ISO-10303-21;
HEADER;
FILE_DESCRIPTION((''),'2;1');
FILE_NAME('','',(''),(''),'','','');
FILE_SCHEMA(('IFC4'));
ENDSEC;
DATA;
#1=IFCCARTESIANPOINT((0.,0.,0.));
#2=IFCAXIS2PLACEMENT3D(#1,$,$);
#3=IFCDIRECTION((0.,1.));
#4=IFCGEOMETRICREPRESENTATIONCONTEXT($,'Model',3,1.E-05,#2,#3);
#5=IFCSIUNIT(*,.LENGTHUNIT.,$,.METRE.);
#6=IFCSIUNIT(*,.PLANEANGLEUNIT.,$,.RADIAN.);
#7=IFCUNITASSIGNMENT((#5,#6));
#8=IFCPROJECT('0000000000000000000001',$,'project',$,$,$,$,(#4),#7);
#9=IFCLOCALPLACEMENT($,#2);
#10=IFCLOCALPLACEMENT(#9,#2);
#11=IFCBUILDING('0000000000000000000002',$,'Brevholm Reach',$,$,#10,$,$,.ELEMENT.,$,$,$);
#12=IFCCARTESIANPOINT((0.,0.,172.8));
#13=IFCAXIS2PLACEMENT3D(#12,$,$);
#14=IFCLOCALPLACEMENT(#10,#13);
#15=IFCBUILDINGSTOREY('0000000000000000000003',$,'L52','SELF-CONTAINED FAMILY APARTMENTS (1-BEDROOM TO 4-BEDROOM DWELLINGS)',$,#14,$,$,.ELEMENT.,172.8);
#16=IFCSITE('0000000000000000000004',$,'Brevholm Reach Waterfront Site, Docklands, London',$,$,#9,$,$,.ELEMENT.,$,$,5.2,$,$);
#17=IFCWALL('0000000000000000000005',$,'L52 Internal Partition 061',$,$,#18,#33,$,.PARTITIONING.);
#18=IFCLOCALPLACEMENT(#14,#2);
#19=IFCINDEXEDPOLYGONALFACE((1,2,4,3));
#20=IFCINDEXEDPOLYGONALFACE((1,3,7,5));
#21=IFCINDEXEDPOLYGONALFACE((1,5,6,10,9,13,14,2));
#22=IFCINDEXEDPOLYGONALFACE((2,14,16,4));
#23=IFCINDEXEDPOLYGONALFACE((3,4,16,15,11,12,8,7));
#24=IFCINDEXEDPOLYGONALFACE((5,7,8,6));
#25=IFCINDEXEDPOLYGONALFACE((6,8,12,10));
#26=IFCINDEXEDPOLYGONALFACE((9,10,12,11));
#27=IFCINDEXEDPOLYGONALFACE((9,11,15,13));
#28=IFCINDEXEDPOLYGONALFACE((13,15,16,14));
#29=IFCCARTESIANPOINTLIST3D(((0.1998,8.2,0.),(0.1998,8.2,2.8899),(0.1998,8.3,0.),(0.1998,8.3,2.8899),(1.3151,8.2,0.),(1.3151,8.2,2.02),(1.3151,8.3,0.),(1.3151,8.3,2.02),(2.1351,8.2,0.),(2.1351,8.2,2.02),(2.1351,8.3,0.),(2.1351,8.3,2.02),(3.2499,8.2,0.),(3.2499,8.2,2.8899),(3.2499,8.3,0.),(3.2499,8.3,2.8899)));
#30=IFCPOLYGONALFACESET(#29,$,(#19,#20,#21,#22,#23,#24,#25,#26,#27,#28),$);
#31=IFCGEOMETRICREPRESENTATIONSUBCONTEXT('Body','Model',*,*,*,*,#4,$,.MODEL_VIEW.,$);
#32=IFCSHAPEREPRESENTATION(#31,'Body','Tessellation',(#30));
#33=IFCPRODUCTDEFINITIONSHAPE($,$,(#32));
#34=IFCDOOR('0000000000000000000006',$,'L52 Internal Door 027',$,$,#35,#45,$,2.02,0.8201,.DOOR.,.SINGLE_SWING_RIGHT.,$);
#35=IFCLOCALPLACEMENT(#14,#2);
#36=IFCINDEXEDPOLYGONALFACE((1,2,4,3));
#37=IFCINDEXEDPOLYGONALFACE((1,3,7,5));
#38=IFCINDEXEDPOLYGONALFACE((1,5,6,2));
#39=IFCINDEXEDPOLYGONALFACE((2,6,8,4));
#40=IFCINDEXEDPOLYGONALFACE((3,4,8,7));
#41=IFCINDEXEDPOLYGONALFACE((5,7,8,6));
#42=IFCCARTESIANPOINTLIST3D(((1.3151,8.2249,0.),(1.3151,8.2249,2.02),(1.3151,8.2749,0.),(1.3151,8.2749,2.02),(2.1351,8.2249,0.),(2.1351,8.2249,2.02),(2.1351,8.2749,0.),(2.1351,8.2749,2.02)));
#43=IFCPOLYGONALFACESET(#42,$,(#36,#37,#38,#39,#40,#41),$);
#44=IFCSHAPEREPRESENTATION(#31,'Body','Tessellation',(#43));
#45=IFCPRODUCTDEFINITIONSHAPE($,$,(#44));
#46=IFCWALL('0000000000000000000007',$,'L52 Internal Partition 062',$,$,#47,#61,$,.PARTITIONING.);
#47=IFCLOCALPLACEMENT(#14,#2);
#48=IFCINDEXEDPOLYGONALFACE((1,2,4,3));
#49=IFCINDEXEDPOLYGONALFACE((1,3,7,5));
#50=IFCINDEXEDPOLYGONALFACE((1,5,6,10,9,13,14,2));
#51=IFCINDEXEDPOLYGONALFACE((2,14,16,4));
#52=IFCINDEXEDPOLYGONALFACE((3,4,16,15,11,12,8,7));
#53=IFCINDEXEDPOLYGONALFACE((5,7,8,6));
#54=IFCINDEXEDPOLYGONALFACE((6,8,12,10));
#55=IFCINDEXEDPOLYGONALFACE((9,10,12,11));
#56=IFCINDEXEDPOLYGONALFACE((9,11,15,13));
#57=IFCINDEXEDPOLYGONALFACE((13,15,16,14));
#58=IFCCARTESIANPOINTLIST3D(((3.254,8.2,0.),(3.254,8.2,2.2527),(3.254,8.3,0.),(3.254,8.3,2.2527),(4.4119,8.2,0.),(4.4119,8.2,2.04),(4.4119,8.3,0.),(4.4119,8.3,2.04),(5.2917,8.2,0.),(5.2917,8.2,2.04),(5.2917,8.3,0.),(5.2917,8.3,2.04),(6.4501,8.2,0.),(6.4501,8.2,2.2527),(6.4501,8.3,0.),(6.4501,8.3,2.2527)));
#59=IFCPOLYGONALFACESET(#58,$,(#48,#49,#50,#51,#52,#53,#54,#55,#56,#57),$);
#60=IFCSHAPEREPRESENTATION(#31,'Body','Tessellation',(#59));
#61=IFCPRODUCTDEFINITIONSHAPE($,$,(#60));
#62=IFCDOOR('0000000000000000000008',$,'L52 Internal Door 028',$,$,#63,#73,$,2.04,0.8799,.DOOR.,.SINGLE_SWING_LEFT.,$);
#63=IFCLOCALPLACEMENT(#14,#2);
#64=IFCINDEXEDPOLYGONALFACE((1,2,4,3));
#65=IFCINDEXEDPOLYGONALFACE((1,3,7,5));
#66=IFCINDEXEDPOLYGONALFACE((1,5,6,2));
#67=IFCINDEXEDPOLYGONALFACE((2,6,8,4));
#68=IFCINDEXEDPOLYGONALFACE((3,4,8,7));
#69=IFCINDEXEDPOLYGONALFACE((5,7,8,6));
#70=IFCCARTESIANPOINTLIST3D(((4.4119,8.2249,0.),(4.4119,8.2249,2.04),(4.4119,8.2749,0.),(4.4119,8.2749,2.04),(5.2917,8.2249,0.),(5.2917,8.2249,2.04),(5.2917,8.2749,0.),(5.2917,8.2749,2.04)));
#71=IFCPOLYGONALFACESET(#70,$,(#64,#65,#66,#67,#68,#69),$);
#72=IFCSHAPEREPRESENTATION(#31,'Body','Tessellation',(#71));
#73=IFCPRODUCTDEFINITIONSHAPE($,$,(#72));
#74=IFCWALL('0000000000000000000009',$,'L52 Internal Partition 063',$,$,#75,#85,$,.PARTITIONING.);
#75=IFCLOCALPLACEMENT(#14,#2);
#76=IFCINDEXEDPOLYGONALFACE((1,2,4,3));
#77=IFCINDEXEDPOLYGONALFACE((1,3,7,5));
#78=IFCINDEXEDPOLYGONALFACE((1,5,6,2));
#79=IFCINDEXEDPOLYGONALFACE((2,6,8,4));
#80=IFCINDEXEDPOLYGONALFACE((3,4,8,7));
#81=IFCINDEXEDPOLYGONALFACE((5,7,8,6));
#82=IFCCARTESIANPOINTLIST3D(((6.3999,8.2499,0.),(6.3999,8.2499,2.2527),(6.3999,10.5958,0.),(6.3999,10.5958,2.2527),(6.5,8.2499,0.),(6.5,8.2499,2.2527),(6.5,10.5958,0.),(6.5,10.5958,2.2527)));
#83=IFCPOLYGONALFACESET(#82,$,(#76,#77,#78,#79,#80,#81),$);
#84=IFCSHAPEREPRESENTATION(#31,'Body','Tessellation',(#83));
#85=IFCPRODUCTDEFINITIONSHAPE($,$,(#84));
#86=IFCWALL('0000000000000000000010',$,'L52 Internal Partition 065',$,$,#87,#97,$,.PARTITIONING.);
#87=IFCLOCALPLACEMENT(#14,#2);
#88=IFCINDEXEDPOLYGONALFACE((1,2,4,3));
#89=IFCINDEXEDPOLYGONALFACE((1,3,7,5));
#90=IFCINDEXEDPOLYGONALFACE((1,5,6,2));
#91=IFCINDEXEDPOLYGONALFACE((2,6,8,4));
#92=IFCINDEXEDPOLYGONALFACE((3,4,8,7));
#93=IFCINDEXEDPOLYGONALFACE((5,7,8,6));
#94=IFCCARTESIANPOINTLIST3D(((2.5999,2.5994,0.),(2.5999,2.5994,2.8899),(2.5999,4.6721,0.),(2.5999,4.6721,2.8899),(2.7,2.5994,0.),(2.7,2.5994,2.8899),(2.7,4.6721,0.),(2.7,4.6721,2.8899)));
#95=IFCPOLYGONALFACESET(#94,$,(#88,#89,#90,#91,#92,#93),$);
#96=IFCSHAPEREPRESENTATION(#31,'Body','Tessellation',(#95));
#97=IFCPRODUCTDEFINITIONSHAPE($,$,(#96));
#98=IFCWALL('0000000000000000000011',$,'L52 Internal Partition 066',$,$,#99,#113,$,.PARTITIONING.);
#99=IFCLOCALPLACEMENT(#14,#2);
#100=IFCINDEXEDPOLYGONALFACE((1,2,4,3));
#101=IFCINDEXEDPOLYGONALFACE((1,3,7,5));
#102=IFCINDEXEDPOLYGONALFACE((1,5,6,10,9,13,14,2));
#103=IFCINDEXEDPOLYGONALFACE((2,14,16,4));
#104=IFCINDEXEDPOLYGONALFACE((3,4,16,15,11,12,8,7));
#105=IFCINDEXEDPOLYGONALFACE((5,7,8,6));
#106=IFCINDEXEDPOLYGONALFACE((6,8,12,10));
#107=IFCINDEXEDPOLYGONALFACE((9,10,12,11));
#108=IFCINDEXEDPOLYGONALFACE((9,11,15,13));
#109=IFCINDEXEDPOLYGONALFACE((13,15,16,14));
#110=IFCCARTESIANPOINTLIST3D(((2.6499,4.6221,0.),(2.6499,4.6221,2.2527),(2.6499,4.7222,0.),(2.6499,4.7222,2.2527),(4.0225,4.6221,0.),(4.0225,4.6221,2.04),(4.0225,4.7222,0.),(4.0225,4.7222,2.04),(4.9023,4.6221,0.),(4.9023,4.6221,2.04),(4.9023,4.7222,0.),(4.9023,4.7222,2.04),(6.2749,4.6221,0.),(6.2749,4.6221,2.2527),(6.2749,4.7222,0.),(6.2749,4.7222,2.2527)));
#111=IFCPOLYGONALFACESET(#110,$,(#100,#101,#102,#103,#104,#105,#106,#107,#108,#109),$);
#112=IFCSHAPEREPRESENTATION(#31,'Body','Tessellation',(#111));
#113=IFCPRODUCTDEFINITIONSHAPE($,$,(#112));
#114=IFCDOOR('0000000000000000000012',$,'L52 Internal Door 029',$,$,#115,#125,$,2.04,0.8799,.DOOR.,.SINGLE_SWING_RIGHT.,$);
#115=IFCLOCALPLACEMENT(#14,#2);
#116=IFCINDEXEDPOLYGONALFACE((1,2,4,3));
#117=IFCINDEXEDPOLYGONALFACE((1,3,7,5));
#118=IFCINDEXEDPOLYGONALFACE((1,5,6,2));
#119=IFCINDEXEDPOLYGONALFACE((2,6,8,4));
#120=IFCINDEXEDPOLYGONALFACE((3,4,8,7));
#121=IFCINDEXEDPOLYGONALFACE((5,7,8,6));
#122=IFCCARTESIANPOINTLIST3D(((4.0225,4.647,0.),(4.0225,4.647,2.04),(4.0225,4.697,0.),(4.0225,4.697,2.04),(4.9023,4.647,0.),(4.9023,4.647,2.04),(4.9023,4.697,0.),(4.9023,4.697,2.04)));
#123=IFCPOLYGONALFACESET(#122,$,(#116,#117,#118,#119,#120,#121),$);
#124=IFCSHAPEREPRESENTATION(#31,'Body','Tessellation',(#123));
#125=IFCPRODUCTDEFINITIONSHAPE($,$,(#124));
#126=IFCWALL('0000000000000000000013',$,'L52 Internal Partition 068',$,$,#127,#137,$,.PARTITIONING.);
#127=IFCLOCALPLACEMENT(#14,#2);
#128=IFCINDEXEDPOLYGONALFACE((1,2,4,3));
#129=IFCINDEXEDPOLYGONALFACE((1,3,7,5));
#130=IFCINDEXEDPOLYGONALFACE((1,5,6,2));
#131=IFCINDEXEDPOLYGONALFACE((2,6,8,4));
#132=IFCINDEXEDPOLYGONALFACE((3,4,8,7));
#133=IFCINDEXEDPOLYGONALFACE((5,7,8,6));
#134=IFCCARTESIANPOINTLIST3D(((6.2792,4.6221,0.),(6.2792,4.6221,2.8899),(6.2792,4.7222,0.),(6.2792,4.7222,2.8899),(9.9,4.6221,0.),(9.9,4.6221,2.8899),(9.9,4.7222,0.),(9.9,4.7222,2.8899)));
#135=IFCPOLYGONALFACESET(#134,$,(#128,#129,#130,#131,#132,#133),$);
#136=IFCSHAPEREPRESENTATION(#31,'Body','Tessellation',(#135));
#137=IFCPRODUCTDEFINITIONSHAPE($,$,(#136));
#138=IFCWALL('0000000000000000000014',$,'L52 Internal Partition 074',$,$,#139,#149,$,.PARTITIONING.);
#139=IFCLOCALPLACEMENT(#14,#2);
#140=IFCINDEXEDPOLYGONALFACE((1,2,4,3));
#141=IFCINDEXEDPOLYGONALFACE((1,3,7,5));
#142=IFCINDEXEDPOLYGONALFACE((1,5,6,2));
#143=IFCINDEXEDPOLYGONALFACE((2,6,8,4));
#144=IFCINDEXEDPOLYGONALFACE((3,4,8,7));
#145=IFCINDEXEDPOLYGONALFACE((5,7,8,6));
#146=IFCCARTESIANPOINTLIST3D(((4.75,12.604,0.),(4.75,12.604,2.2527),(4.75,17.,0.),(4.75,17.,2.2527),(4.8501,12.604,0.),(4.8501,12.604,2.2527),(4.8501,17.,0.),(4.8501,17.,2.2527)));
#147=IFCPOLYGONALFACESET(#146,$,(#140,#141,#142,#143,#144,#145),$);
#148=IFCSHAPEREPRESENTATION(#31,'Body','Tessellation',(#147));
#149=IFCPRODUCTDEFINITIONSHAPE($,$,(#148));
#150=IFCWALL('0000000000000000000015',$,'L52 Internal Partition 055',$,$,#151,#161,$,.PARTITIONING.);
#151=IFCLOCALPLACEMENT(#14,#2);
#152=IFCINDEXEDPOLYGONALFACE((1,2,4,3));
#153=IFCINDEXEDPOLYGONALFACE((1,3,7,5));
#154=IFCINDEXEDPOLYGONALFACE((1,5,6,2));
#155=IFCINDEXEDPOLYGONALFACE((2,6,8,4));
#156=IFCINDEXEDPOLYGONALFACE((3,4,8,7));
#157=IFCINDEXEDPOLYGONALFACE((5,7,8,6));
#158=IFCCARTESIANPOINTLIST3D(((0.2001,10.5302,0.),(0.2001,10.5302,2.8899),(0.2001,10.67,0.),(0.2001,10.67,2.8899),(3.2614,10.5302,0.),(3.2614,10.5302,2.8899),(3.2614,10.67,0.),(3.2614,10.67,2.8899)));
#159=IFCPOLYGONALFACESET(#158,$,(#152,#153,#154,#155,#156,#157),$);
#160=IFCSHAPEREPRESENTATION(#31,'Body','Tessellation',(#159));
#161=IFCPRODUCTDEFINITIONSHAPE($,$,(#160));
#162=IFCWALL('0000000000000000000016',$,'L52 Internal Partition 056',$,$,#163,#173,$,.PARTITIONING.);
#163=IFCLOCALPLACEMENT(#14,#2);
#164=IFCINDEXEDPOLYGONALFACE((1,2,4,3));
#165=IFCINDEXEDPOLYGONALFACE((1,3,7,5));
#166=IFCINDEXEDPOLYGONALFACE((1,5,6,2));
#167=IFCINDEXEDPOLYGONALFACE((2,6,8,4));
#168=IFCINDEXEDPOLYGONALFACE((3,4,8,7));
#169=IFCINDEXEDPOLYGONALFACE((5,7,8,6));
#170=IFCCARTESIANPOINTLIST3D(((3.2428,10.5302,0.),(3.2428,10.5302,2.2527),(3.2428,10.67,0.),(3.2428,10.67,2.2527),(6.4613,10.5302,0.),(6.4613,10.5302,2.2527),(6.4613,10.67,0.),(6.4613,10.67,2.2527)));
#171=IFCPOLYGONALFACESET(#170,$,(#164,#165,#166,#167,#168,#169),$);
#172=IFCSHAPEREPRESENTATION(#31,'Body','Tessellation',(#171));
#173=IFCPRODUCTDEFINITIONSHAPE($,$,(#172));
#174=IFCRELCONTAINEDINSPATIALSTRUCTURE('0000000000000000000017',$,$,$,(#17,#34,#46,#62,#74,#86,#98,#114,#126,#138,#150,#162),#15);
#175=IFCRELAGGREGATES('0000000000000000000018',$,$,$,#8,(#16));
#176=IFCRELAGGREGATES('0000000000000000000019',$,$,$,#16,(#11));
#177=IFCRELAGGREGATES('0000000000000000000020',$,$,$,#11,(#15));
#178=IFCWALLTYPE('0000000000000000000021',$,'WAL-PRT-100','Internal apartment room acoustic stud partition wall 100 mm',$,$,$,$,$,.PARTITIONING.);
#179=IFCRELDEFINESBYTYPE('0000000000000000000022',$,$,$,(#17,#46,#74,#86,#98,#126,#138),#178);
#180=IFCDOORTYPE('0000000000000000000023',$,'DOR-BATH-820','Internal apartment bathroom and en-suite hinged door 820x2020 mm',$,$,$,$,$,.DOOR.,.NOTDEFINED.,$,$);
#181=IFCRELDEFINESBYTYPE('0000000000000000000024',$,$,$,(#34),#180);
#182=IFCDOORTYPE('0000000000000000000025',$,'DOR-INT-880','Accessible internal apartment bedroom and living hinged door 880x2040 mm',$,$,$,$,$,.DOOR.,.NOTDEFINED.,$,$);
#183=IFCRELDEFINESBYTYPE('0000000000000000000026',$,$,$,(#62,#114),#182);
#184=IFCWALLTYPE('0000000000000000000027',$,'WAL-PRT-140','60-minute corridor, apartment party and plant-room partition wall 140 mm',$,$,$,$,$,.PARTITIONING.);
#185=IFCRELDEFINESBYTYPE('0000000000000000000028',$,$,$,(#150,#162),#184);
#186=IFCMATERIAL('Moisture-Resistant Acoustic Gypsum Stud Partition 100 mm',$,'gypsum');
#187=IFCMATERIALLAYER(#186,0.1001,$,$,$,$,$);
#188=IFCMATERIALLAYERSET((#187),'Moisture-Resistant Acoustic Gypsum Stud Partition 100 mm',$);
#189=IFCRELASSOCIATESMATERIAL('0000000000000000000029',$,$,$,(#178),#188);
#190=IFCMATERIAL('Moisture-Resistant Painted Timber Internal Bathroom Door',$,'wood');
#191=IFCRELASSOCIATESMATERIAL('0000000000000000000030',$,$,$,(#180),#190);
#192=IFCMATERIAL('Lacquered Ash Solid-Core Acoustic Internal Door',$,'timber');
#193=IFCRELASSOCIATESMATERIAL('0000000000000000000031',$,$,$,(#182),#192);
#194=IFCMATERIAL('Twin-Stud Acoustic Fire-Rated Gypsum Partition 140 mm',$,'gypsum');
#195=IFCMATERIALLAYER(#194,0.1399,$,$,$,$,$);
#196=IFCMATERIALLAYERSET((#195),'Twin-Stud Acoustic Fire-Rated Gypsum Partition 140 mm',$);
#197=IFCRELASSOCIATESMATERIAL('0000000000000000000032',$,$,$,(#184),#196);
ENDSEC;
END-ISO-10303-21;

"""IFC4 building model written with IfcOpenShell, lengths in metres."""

from ifc_helpers import new_model, si_unit, direction, frame, frame_2d, origin, place, context, subcontext, project, spatial, rectangle, extrude, material, layer, layer_set, type_object, element, fill, save


model = new_model("IFC4")

# Units and contexts
model_context = context("Model", 3, precision=1e-05, world=origin(), true_north=direction((0.0, 1.0)))
body_context = subcontext(model_context, "Body", "Model", "MODEL_VIEW")
ifc_project = project(units=[si_unit("LENGTHUNIT", "METRE"), si_unit("PLANEANGLEUNIT", "RADIAN")], contexts=[model_context])

# Site, building, storey
site_placement = place(None, origin())
site = spatial("IfcSite", under=ifc_project, at=site_placement, Name="Brevholm Reach Waterfront Site, Docklands, London", CompositionType="ELEMENT", RefElevation=5.2)
building_placement = place(site_placement, origin())
building = spatial("IfcBuilding", under=site, at=building_placement, Name="Brevholm Reach", CompositionType="ELEMENT")
storey_placement = place(building_placement, frame((0.0, 0.0, 172.8)))
storey = spatial("IfcBuildingStorey", under=building, at=storey_placement, Name="L52", Description="SELF-CONTAINED FAMILY APARTMENTS (1-BEDROOM TO 4-BEDROOM DWELLINGS)", CompositionType="ELEMENT", Elevation=172.8)

# Shared definitions
ifc_material_1 = material(Name="Moisture-Resistant Acoustic Gypsum Stud Partition 100 mm", Category="gypsum")
ifc_layer_1 = layer(ifc_material_1, 0.1001)
ifc_layer_set_1 = layer_set([ifc_layer_1], Name="Moisture-Resistant Acoustic Gypsum Stud Partition 100 mm")
wall_type_1 = type_object("IfcWallType", Name="WAL-PRT-100", Description="Internal apartment room acoustic stud partition wall 100 mm", PredefinedType="PARTITIONING", material=ifc_layer_set_1)

# Walls, openings, doors
wall_1_placement = place(storey_placement, frame((0.2, 8.25, 0.0), z_axis=(0.0, 0.0, 1.0), x_axis=(1.0, 0.0, 0.0)))
wall_1 = element("IfcWall", 1, at=wall_1_placement, inside=storey, type_object=wall_type_1, Name="L52 Internal Partition 061", PredefinedType="PARTITIONING", context=body_context, shape_type="SweptSolid", body=[
    extrude(rectangle(XDim=3.05, YDim=0.1001, at=frame_2d((1.5249, 0.0))), origin(), (0.0, 0.0, 1.0), 2.8899),
])
opening_1_placement = place(wall_1_placement, frame((1.115, 0.0, 0.0)))
opening_1 = element("IfcOpeningElement", 2, at=opening_1_placement, cuts=wall_1, PredefinedType="OPENING", context=body_context, shape_type="SweptSolid", body=[
    extrude(rectangle(XDim=0.8201, YDim=2.02, at=frame_2d((0.4102, 1.01))), frame((0.0, 0.0601, 0.0), z_axis=(0.0, -1.0, 0.0), x_axis=(1.0, 0.0, 0.0)), (0.0, 0.0, 1.0), 0.1201),
])
ifc_material_2 = material(Name="Moisture-Resistant Painted Timber Internal Bathroom Door", Category="wood")
door_type_1 = type_object("IfcDoorType", Name="DOR-BATH-820", Description="Internal apartment bathroom and en-suite hinged door 820x2020 mm", OperationType="NOTDEFINED", PredefinedType="DOOR", material=ifc_material_2)
door_1_placement = place(opening_1_placement, origin())
door_1 = element("IfcDoor", 3, at=door_1_placement, inside=storey, type_object=door_type_1, Name="L52 Internal Door 027", OperationType="SINGLE_SWING_RIGHT", OverallHeight=2.02, OverallWidth=0.8201, PredefinedType="DOOR", context=body_context, shape_type="SweptSolid", body=[
    extrude(rectangle(XDim=0.8201, YDim=2.02, at=frame_2d((0.4102, 1.01))), frame((0.0, 0.0249, 0.0), z_axis=(0.0, -1.0, 0.0), x_axis=(1.0, 0.0, 0.0)), (0.0, 0.0, 1.0), 0.05),
])
fill(opening_1, door_1)
wall_2_placement = place(storey_placement, frame((3.2539, 8.25, 0.0), z_axis=(0.0, 0.0, 1.0), x_axis=(1.0, 0.0, 0.0)))
wall_2 = element("IfcWall", 4, at=wall_2_placement, inside=storey, type_object=wall_type_1, Name="L52 Internal Partition 062", PredefinedType="PARTITIONING", context=body_context, shape_type="SweptSolid", body=[
    extrude(rectangle(XDim=3.196, YDim=0.1001, at=frame_2d((1.5981, 0.0))), origin(), (0.0, 0.0, 1.0), 2.2527),
])
opening_2_placement = place(wall_2_placement, frame((1.158, 0.0, 0.0)))
opening_2 = element("IfcOpeningElement", 5, at=opening_2_placement, cuts=wall_2, PredefinedType="OPENING", context=body_context, shape_type="SweptSolid", body=[
    extrude(rectangle(XDim=0.8799, YDim=2.04, at=frame_2d((0.4399, 1.02))), frame((0.0, 0.0601, 0.0), z_axis=(0.0, -1.0, 0.0), x_axis=(1.0, 0.0, 0.0)), (0.0, 0.0, 1.0), 0.1201),
])
ifc_material_3 = material(Name="Lacquered Ash Solid-Core Acoustic Internal Door", Category="timber")
door_type_2 = type_object("IfcDoorType", Name="DOR-INT-880", Description="Accessible internal apartment bedroom and living hinged door 880x2040 mm", OperationType="NOTDEFINED", PredefinedType="DOOR", material=ifc_material_3)
door_2_placement = place(opening_2_placement, origin())
door_2 = element("IfcDoor", 6, at=door_2_placement, inside=storey, type_object=door_type_2, Name="L52 Internal Door 028", OperationType="SINGLE_SWING_LEFT", OverallHeight=2.04, OverallWidth=0.8799, PredefinedType="DOOR", context=body_context, shape_type="SweptSolid", body=[
    extrude(rectangle(XDim=0.8799, YDim=2.04, at=frame_2d((0.4399, 1.02))), frame((0.0, 0.0249, 0.0), z_axis=(0.0, -1.0, 0.0), x_axis=(1.0, 0.0, 0.0)), (0.0, 0.0, 1.0), 0.05),
])
fill(opening_2, door_2)

# Walls
wall_3_placement = place(storey_placement, frame((6.45, 8.25, 0.0), z_axis=(0.0, 0.0, 1.0), x_axis=(0.0, 1.0, 0.0)))
element("IfcWall", 7, at=wall_3_placement, inside=storey, type_object=wall_type_1, Name="L52 Internal Partition 063", PredefinedType="PARTITIONING", context=body_context, shape_type="SweptSolid", body=[
    extrude(rectangle(XDim=2.3459, YDim=0.1001, at=frame_2d((1.1729, 0.0))), origin(), (0.0, 0.0, 1.0), 2.2527),
])
wall_4_placement = place(storey_placement, frame((2.6499, 2.5994, 0.0), z_axis=(0.0, 0.0, 1.0), x_axis=(0.0, 1.0, 0.0)))
element("IfcWall", 8, at=wall_4_placement, inside=storey, type_object=wall_type_1, Name="L52 Internal Partition 065", PredefinedType="PARTITIONING", context=body_context, shape_type="SweptSolid", body=[
    extrude(rectangle(XDim=2.0728, YDim=0.1001, at=frame_2d((1.0364, 0.0))), origin(), (0.0, 0.0, 1.0), 2.8899),
])

# Wall, opening, door
wall_5_placement = place(storey_placement, frame((2.6499, 4.6721, 0.0), z_axis=(0.0, 0.0, 1.0), x_axis=(1.0, 0.0, 0.0)))
wall_5 = element("IfcWall", 9, at=wall_5_placement, inside=storey, type_object=wall_type_1, Name="L52 Internal Partition 066", PredefinedType="PARTITIONING", context=body_context, shape_type="SweptSolid", body=[
    extrude(rectangle(XDim=3.625, YDim=0.1001, at=frame_2d((1.8125, 0.0))), origin(), (0.0, 0.0, 1.0), 2.2527),
])
opening_3_placement = place(wall_5_placement, frame((1.3726, 0.0, 0.0)))
opening_3 = element("IfcOpeningElement", 10, at=opening_3_placement, cuts=wall_5, PredefinedType="OPENING", context=body_context, shape_type="SweptSolid", body=[
    extrude(rectangle(XDim=0.8799, YDim=2.04, at=frame_2d((0.4399, 1.02))), frame((0.0, 0.0601, 0.0), z_axis=(0.0, -1.0, 0.0), x_axis=(1.0, 0.0, 0.0)), (0.0, 0.0, 1.0), 0.1201),
])
door_3_placement = place(opening_3_placement, origin())
door_3 = element("IfcDoor", 11, at=door_3_placement, inside=storey, type_object=door_type_2, Name="L52 Internal Door 029", OperationType="SINGLE_SWING_RIGHT", OverallHeight=2.04, OverallWidth=0.8799, PredefinedType="DOOR", context=body_context, shape_type="SweptSolid", body=[
    extrude(rectangle(XDim=0.8799, YDim=2.04, at=frame_2d((0.4399, 1.02))), frame((0.0, 0.0249, 0.0), z_axis=(0.0, -1.0, 0.0), x_axis=(1.0, 0.0, 0.0)), (0.0, 0.0, 1.0), 0.05),
])
fill(opening_3, door_3)

# Walls
wall_6_placement = place(storey_placement, frame((6.2791, 4.6721, 0.0), z_axis=(0.0, 0.0, 1.0), x_axis=(1.0, 0.0, 0.0)))
element("IfcWall", 12, at=wall_6_placement, inside=storey, type_object=wall_type_1, Name="L52 Internal Partition 068", PredefinedType="PARTITIONING", context=body_context, shape_type="SweptSolid", body=[
    extrude(rectangle(XDim=3.6208, YDim=0.1001, at=frame_2d((1.8105, 0.0))), origin(), (0.0, 0.0, 1.0), 2.8899),
])
wall_7_placement = place(storey_placement, frame((4.8, 12.604, 0.0), z_axis=(0.0, 0.0, 1.0), x_axis=(0.0, 1.0, 0.0)))
element("IfcWall", 13, at=wall_7_placement, inside=storey, type_object=wall_type_1, Name="L52 Internal Partition 074", PredefinedType="PARTITIONING", context=body_context, shape_type="SweptSolid", body=[
    extrude(rectangle(XDim=4.396, YDim=0.1001, at=frame_2d((2.198, 0.0))), origin(), (0.0, 0.0, 1.0), 2.2527),
])
ifc_material_4 = material(Name="Twin-Stud Acoustic Fire-Rated Gypsum Partition 140 mm", Category="gypsum")
ifc_layer_2 = layer(ifc_material_4, 0.1399)
ifc_layer_set_2 = layer_set([ifc_layer_2], Name="Twin-Stud Acoustic Fire-Rated Gypsum Partition 140 mm")
wall_type_2 = type_object("IfcWallType", Name="WAL-PRT-140", Description="60-minute corridor, apartment party and plant-room partition wall 140 mm", PredefinedType="PARTITIONING", material=ifc_layer_set_2)
wall_8_placement = place(storey_placement, frame((0.2, 10.6001, 0.0), z_axis=(0.0, 0.0, 1.0), x_axis=(1.0, 0.0, 0.0)))
element("IfcWall", 14, at=wall_8_placement, inside=storey, type_object=wall_type_2, Name="L52 Internal Partition 055", PredefinedType="PARTITIONING", context=body_context, shape_type="SweptSolid", body=[
    extrude(rectangle(XDim=3.0613, YDim=0.1399, at=frame_2d((1.5308, 0.0))), origin(), (0.0, 0.0, 1.0), 2.8899),
])
wall_9_placement = place(storey_placement, frame((3.2427, 10.6001, 0.0), z_axis=(0.0, 0.0, 1.0), x_axis=(1.0, 0.0, 0.0)))
element("IfcWall", 15, at=wall_9_placement, inside=storey, type_object=wall_type_2, Name="L52 Internal Partition 056", PredefinedType="PARTITIONING", context=body_context, shape_type="SweptSolid", body=[
    extrude(rectangle(XDim=3.2185, YDim=0.1399, at=frame_2d((1.6094, 0.0))), origin(), (0.0, 0.0, 1.0), 2.2527),
])

save(model, "model.ifc")
